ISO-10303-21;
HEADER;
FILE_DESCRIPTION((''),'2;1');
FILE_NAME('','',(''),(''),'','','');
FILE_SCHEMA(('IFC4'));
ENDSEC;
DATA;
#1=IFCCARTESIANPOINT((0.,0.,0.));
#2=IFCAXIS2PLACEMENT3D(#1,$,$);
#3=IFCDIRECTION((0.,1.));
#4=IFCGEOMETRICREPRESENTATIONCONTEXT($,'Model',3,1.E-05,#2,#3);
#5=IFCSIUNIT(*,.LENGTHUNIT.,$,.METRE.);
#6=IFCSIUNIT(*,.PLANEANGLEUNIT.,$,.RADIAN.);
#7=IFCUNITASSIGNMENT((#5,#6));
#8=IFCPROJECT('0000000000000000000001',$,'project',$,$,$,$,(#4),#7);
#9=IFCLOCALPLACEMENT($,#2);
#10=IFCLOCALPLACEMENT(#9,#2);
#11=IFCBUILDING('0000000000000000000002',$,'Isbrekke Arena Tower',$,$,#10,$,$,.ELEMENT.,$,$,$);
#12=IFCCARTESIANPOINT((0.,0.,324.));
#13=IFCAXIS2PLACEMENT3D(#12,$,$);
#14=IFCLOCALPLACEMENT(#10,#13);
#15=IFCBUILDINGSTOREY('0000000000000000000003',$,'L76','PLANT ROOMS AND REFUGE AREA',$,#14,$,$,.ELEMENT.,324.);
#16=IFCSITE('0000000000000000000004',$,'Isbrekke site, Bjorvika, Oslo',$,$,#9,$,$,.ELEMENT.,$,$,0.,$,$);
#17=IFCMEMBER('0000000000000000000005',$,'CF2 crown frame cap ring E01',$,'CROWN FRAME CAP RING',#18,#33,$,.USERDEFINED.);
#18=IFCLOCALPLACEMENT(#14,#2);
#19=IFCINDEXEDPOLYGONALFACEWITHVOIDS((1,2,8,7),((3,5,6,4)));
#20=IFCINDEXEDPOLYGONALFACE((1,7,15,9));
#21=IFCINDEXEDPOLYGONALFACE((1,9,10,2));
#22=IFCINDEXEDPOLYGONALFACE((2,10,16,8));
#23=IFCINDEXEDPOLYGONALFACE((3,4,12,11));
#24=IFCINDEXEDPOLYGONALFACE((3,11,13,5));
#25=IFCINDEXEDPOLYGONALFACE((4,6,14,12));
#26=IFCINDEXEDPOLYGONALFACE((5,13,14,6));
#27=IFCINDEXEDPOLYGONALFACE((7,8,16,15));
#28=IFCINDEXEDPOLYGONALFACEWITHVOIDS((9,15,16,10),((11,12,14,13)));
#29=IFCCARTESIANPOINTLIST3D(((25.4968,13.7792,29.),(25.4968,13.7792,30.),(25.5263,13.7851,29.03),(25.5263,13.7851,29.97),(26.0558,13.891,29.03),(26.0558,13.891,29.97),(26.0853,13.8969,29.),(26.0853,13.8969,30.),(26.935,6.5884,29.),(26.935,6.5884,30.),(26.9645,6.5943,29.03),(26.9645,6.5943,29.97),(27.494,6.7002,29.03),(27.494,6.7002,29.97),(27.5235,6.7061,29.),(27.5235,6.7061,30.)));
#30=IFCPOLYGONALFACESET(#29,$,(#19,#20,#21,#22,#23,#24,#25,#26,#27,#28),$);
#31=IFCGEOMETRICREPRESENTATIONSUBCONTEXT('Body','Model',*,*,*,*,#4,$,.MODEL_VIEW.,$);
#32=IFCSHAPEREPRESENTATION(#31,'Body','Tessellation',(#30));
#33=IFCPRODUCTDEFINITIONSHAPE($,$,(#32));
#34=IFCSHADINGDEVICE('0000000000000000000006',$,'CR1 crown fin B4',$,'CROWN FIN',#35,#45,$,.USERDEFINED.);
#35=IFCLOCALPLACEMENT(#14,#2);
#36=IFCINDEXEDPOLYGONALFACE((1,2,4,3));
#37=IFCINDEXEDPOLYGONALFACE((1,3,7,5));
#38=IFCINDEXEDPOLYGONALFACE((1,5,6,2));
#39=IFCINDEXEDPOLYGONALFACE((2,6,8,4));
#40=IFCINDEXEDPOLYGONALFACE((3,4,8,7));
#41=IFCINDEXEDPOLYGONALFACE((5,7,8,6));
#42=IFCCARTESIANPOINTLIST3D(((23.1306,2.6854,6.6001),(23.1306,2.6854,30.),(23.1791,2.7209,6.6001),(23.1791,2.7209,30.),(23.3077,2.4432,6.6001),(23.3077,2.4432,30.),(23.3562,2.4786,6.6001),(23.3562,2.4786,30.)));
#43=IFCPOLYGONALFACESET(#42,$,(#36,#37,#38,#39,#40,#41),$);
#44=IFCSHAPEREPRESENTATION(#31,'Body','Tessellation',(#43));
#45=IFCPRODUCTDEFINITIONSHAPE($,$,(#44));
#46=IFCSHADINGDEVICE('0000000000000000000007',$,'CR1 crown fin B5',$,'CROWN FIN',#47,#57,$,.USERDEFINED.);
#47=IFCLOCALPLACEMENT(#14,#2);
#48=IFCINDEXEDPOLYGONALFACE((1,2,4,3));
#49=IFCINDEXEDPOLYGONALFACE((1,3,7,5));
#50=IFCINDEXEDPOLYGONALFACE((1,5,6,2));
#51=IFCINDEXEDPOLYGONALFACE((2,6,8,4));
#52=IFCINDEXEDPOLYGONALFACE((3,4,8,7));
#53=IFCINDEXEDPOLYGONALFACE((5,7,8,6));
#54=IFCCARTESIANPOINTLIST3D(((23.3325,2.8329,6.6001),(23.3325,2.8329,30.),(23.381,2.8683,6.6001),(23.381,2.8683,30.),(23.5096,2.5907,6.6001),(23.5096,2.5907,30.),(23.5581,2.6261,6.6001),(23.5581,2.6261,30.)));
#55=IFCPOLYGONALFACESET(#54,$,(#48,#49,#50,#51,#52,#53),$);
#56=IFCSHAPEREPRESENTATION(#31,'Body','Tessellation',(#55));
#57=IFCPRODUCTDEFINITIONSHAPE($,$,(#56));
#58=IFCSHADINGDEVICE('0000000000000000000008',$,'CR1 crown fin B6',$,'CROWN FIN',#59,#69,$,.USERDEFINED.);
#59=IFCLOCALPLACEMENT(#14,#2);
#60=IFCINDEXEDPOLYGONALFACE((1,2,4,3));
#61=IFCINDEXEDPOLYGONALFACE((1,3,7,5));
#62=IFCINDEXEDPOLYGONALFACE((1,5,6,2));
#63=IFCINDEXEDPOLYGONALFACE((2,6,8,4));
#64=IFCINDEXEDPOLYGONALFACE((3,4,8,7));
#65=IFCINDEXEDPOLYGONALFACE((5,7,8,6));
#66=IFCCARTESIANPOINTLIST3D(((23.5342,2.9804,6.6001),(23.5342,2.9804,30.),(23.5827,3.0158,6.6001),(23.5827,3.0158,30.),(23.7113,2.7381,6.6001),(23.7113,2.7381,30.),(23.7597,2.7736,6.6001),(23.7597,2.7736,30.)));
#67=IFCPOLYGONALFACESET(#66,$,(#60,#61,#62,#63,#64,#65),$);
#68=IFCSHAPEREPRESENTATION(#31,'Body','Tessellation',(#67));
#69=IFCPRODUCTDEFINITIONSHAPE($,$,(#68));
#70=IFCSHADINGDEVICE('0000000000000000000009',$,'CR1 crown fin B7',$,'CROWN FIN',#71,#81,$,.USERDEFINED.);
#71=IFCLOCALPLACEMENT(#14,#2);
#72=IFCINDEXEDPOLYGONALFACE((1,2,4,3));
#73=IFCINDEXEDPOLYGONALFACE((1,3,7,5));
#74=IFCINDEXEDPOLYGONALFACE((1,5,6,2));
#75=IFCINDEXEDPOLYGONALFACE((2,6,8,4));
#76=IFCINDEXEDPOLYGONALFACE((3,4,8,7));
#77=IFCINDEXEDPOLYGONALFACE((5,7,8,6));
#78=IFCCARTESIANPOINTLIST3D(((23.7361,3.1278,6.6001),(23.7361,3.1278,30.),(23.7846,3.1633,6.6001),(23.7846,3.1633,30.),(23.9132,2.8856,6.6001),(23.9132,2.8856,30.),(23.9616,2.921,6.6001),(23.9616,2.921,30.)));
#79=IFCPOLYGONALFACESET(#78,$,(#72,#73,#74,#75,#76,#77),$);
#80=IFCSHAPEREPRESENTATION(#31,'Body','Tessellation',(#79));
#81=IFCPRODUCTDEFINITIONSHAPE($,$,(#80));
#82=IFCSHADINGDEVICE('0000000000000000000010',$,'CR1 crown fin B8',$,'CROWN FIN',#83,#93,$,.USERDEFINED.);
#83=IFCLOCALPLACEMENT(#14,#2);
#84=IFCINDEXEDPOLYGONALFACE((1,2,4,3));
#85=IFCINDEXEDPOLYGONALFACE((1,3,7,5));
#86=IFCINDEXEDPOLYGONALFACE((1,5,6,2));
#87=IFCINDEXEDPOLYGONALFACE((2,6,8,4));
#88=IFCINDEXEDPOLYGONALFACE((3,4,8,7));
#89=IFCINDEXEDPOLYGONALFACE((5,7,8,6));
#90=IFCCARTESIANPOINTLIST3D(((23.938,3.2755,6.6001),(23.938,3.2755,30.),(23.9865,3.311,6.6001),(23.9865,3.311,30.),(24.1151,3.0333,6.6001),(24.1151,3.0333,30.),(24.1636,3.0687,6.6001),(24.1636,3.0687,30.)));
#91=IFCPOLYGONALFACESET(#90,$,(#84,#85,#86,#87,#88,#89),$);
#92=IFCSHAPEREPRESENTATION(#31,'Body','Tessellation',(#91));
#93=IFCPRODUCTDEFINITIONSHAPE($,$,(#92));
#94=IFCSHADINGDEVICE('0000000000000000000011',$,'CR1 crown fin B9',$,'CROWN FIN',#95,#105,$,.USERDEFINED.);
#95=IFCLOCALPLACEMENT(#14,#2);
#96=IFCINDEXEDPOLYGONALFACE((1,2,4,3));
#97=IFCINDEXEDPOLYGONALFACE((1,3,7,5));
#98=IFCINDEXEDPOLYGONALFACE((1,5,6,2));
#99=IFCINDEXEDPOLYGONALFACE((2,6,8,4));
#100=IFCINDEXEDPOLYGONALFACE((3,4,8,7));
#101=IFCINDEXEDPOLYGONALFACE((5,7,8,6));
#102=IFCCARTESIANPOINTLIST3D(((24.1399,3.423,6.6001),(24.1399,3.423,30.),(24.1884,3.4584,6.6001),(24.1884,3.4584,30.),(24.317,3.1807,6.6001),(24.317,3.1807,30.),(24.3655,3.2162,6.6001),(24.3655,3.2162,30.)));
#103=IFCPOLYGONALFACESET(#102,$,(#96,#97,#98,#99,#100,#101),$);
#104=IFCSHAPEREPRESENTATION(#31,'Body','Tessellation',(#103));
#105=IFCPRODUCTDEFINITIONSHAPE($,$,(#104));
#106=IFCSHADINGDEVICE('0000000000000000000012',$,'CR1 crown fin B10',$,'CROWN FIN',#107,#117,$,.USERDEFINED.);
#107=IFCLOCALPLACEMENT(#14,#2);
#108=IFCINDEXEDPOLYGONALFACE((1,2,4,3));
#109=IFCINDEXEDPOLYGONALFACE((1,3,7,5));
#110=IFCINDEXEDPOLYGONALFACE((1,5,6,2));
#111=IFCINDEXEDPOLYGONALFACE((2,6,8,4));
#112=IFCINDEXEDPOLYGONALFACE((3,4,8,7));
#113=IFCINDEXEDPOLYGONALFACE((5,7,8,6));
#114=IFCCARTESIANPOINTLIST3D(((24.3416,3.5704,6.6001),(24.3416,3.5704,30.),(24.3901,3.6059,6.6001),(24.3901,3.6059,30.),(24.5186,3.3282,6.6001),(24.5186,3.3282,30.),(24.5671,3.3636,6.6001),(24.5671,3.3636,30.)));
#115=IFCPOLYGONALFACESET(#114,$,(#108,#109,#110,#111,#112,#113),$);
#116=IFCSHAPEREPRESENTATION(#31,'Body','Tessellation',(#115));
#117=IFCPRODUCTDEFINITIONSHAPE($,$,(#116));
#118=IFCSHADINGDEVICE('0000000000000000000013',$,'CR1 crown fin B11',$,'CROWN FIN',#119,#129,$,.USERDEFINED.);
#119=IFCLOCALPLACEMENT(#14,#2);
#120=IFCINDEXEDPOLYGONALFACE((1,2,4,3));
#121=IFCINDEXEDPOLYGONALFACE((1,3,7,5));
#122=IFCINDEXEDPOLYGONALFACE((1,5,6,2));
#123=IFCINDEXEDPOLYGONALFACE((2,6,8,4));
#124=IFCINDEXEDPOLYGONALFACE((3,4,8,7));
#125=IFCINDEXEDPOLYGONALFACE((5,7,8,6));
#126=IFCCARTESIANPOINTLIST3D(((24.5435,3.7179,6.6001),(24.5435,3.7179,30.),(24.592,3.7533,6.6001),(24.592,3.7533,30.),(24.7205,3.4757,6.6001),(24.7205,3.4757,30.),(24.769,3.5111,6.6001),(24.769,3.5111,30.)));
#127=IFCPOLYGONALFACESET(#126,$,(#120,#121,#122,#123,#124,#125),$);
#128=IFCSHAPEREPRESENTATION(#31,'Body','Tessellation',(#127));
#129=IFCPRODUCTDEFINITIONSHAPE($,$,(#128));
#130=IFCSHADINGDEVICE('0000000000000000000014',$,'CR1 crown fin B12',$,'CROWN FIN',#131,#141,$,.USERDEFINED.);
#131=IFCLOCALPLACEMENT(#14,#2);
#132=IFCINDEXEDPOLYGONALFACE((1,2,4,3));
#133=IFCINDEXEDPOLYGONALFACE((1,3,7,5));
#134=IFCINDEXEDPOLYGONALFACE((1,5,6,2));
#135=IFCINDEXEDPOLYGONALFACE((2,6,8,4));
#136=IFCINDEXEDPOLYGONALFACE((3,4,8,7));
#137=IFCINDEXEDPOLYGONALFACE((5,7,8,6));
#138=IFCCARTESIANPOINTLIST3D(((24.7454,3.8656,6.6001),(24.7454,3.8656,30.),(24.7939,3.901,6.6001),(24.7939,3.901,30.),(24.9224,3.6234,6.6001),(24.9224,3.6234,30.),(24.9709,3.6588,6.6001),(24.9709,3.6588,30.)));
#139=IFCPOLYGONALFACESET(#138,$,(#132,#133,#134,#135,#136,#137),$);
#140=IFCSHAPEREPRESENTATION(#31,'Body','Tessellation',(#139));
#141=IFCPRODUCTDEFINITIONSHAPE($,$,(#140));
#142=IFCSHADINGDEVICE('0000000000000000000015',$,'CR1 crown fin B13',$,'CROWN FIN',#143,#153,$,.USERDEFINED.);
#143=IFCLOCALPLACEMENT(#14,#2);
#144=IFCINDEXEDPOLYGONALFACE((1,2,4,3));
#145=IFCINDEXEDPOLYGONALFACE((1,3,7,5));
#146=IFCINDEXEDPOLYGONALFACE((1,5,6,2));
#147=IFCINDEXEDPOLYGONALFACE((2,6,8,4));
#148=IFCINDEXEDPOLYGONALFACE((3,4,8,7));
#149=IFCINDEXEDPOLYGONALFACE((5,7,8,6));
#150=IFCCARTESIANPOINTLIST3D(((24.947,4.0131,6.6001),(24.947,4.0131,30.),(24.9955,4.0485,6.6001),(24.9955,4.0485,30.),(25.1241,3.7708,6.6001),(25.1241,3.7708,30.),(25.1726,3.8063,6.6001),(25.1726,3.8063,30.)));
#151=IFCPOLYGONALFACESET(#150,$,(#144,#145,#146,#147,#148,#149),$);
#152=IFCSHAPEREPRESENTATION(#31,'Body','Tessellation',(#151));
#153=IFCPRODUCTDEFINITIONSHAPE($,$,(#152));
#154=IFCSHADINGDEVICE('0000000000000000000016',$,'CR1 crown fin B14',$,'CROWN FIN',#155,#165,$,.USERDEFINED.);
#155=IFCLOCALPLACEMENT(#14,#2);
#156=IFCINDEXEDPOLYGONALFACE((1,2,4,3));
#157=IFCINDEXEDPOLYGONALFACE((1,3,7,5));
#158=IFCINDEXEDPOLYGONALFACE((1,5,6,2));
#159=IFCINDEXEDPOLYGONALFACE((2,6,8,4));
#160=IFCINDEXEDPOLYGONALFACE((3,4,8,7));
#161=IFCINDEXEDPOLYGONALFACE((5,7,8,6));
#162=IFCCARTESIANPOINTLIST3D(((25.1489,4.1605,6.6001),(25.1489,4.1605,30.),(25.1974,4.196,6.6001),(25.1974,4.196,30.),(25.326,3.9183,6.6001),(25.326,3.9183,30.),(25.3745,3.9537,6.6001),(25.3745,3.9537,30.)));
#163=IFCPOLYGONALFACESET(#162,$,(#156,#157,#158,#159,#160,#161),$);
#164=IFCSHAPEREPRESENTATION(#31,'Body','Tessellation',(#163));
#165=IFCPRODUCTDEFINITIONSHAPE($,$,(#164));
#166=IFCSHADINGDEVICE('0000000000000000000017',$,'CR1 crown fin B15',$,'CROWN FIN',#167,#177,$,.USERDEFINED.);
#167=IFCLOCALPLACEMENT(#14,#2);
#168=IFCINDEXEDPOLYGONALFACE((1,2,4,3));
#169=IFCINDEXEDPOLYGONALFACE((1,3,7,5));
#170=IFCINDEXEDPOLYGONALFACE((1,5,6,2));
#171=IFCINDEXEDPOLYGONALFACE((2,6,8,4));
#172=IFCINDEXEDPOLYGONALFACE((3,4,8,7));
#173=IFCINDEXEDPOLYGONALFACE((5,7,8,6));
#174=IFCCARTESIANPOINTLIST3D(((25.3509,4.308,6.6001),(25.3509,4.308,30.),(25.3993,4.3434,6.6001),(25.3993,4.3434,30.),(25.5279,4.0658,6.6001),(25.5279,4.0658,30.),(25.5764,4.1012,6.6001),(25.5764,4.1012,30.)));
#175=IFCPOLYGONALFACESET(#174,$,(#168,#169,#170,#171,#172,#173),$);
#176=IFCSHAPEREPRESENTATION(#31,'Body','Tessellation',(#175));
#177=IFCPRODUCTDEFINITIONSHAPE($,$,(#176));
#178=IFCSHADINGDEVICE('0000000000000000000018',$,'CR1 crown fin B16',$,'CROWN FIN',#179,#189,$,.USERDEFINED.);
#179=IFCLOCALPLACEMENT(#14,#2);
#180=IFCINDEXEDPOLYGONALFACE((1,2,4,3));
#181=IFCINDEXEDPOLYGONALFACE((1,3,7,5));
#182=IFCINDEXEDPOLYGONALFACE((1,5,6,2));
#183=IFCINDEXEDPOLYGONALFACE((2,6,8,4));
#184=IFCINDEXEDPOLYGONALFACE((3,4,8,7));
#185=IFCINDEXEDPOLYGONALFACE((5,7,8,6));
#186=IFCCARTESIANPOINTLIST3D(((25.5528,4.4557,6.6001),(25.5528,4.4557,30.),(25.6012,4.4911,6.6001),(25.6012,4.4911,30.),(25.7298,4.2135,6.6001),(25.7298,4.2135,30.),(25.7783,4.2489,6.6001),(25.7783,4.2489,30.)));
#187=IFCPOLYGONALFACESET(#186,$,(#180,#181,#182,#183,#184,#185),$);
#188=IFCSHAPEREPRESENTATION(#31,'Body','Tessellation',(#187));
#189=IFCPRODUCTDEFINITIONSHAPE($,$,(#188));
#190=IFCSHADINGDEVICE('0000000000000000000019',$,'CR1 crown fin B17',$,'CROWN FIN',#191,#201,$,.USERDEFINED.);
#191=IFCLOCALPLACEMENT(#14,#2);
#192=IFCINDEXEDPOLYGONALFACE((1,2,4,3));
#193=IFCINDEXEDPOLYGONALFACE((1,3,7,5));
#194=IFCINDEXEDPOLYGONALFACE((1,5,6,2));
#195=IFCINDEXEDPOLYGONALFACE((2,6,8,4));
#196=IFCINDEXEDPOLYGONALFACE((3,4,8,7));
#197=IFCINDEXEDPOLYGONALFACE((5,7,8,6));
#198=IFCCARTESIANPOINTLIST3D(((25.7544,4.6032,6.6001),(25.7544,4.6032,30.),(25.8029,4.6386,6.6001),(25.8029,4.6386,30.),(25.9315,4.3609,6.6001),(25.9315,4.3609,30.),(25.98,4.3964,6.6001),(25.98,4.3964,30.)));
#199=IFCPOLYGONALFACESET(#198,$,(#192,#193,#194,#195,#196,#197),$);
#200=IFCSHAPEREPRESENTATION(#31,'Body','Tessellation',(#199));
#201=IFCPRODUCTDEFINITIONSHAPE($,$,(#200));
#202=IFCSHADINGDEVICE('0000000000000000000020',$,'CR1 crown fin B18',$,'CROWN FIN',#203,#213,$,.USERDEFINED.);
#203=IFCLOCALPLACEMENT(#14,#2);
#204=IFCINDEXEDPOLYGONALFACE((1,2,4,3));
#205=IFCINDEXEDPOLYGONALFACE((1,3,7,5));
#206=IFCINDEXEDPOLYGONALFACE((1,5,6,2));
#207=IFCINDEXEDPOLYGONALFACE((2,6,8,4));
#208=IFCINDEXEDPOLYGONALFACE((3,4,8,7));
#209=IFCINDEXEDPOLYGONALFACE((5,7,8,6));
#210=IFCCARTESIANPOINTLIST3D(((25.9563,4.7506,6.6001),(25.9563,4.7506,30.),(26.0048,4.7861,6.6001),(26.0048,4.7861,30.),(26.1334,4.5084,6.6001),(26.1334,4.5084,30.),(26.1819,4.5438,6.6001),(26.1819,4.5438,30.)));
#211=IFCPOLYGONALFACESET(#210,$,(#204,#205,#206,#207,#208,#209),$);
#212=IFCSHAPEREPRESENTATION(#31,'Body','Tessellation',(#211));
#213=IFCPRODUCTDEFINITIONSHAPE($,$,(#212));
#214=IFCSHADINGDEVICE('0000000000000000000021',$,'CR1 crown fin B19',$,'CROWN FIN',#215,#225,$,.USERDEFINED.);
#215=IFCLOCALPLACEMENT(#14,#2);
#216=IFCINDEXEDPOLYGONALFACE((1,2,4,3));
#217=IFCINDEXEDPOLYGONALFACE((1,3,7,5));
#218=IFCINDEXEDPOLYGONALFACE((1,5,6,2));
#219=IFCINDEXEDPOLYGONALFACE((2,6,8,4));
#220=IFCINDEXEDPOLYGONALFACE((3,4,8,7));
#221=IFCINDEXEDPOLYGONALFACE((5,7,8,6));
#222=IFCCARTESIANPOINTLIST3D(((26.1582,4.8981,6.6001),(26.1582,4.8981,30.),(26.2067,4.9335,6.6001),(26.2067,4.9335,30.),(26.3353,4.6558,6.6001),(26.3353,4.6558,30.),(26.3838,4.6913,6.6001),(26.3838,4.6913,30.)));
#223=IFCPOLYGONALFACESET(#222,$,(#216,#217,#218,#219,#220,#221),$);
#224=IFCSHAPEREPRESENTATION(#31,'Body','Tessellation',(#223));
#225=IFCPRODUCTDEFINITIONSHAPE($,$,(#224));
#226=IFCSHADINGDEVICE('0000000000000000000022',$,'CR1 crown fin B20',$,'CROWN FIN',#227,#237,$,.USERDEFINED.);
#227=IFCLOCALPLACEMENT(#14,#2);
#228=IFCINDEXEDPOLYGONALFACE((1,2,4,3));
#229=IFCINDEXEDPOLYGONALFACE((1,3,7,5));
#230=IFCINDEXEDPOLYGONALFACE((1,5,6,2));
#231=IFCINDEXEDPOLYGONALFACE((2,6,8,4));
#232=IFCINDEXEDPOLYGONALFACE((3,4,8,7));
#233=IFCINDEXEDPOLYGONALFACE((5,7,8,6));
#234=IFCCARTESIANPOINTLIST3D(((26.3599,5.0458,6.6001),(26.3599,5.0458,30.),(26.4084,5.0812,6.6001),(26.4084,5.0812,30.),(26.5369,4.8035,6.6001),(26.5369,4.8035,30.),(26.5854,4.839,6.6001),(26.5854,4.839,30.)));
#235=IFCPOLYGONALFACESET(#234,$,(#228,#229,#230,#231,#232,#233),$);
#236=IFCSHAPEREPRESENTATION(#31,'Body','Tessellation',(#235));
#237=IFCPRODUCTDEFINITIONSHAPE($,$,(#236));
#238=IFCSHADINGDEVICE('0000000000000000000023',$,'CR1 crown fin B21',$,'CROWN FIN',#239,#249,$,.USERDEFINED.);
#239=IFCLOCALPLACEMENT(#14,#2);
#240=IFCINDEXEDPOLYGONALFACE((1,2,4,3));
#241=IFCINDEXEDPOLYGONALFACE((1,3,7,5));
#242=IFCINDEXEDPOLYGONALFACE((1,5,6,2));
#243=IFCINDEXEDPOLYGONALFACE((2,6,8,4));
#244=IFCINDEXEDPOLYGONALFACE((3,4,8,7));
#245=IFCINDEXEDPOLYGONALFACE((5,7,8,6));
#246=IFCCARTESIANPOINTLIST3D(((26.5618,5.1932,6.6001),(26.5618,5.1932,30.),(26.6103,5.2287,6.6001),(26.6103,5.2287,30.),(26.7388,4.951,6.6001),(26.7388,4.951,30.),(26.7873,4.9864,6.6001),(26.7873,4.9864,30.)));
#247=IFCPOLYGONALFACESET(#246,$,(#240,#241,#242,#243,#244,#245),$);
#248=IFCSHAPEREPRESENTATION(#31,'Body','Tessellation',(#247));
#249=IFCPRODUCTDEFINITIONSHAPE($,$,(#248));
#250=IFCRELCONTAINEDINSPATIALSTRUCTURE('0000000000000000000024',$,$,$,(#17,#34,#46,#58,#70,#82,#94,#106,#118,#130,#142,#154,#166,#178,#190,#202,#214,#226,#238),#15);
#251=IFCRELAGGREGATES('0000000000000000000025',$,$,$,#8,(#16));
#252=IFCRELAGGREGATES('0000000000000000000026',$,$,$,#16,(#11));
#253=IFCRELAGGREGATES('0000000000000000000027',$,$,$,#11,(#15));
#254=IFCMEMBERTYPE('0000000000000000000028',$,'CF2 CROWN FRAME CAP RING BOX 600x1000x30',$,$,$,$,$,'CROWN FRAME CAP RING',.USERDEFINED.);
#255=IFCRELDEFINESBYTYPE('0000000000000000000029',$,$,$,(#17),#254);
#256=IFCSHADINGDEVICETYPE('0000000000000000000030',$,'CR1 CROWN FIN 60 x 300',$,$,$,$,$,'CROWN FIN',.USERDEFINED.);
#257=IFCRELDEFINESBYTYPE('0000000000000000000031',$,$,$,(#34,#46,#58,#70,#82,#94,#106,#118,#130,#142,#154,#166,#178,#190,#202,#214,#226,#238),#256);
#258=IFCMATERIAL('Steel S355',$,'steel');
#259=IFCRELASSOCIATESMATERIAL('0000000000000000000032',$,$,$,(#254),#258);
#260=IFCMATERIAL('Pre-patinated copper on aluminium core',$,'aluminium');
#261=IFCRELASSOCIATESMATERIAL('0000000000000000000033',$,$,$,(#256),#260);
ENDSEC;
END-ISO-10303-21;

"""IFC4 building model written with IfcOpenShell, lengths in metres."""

from ifc_helpers import new_model, si_unit, direction, frame, origin, origin_2d, place, context, subcontext, project, spatial, rectangle, hollow_rectangle, extrude, material, material_profile, profile_set, type_object, element, save


model = new_model("IFC4")

# Units and contexts
model_context = context("Model", 3, precision=1e-05, world=origin(), true_north=direction((0.0, 1.0)))
body_context = subcontext(model_context, "Body", "Model", "MODEL_VIEW")
ifc_project = project(units=[si_unit("LENGTHUNIT", "METRE"), si_unit("PLANEANGLEUNIT", "RADIAN")], contexts=[model_context])

# Site, building, storey
site_placement = place(None, origin())
site = spatial("IfcSite", under=ifc_project, at=site_placement, Name="Isbrekke site, Bjorvika, Oslo", CompositionType="ELEMENT", RefElevation=0.0)
building_placement = place(site_placement, origin())
building = spatial("IfcBuilding", under=site, at=building_placement, Name="Isbrekke Arena Tower", CompositionType="ELEMENT")
storey_placement = place(building_placement, frame((0.0, 0.0, 324.0)))
storey = spatial("IfcBuildingStorey", under=building, at=storey_placement, Name="L76", Description="PLANT ROOMS AND REFUGE AREA", CompositionType="ELEMENT", Elevation=324.0)

# Member
ifc_material_1 = material(Name="Steel S355", Category="steel")
ifc_material_profile_1 = material_profile(ifc_material_1, hollow_rectangle(XDim=0.6001, YDim=1.0, WallThickness=0.03, at=origin_2d()), Name="BOX 600x1000x30")
ifc_profile_set_1 = profile_set([ifc_material_profile_1], Name="Steel S355")
member_type = type_object("IfcMemberType", Name="CF2 CROWN FRAME CAP RING BOX 600x1000x30", ElementType="CROWN FRAME CAP RING", PredefinedType="USERDEFINED", material=ifc_profile_set_1)
member_placement = place(storey_placement, frame((27.2292, 6.6472, 29.5), z_axis=(-0.196123, 0.980579, 0.0), x_axis=(-0.980579, -0.196123, 0.0)))
element("IfcMember", 1, at=member_placement, inside=storey, type_object=member_type, Name="CF2 crown frame cap ring E01", ObjectType="CROWN FRAME CAP RING", PredefinedType="USERDEFINED", context=body_context, shape_type="SweptSolid", body=[
    extrude(hollow_rectangle(XDim=0.6001, YDim=1.0, WallThickness=0.03, at=origin_2d()), origin(), (0.0, 0.0, 1.0), 7.3333),
])

# Shading devices
ifc_material_2 = material(Name="Pre-patinated copper on aluminium core", Category="aluminium")
ifc_material_profile_2 = material_profile(ifc_material_2, rectangle(XDim=0.0601, YDim=0.3, at=origin_2d()), Name="FIN 60X300")
ifc_profile_set_2 = profile_set([ifc_material_profile_2], Name="Pre-patinated copper on aluminium core")
shading_device_type = type_object("IfcShadingDeviceType", Name="CR1 CROWN FIN 60 x 300", ElementType="CROWN FIN", PredefinedType="USERDEFINED", material=ifc_profile_set_2)
for number, where, z_axis, x_axis, name in (
    (2, (23.2434, 2.582, 6.6001), (0.0, 0.0, 1.0), (0.80733, 0.5901, 0.0), "CR1 crown fin B4"),
    (3, (23.4453, 2.7295, 6.6001), (0.0, 0.0, 1.0), (0.80733, 0.5901, 0.0), "CR1 crown fin B5"),
    (4, (23.647, 2.877, 6.6001), (0.0, 0.0, 1.0), (0.80733, 0.5901, 0.0), "CR1 crown fin B6"),
    (5, (23.8489, 3.0244, 6.6001), (0.0, 0.0, 1.0), (0.80733, 0.5901, 0.0), "CR1 crown fin B7"),
    (6, (24.0508, 3.1721, 6.6001), (0.0, 0.0, 1.0), (0.80733, 0.5901, 0.0), "CR1 crown fin B8"),
    (7, (24.2527, 3.3196, 6.6001), (0.0, 0.0, 1.0), (0.80733, 0.5901, 0.0), "CR1 crown fin B9"),
    (8, (24.4543, 3.467, 6.6001), (0.0, 0.0, 1.0), (0.80733, 0.5901, 0.0), "CR1 crown fin B10"),
    (9, (24.6562, 3.6145, 6.6001), (0.0, 0.0, 1.0), (0.80733, 0.5901, 0.0), "CR1 crown fin B11"),
    (10, (24.8582, 3.7622, 6.6001), (0.0, 0.0, 1.0), (0.80733, 0.5901, 0.0), "CR1 crown fin B12"),
    (11, (25.0598, 3.9097, 6.6001), (0.0, 0.0, 1.0), (0.80733, 0.5901, 0.0), "CR1 crown fin B13"),
    (12, (25.2617, 4.0571, 6.6001), (0.0, 0.0, 1.0), (0.80733, 0.5901, 0.0), "CR1 crown fin B14"),
    (13, (25.4636, 4.2046, 6.6001), (0.0, 0.0, 1.0), (0.80733, 0.5901, 0.0), "CR1 crown fin B15"),
    (14, (25.6655, 4.3523, 6.6001), (0.0, 0.0, 1.0), (0.80733, 0.5901, 0.0), "CR1 crown fin B16"),
    (15, (25.8672, 4.4998, 6.6001), (0.0, 0.0, 1.0), (0.80733, 0.5901, 0.0), "CR1 crown fin B17"),
    (16, (26.0691, 4.6472, 6.6001), (0.0, 0.0, 1.0), (0.80733, 0.5901, 0.0), "CR1 crown fin B18"),
    (17, (26.271, 4.7947, 6.6001), (0.0, 0.0, 1.0), (0.80733, 0.5901, 0.0), "CR1 crown fin B19"),
    (18, (26.4727, 4.9424, 6.6001), (0.0, 0.0, 1.0), (0.80733, 0.5901, 0.0), "CR1 crown fin B20"),
    (19, (26.6746, 5.0898, 6.6001), (0.0, 0.0, 1.0), (0.80733, 0.5901, 0.0), "CR1 crown fin B21"),
):
    element("IfcShadingDevice", number, at=place(storey_placement, frame(where, z_axis=z_axis, x_axis=x_axis)), inside=storey, type_object=shading_device_type, Name=name, ObjectType="CROWN FIN", PredefinedType="USERDEFINED", context=body_context, shape_type="SweptSolid", body=[
        extrude(rectangle(XDim=0.0601, YDim=0.3, at=origin_2d()), origin(), (0.0, 0.0, 1.0), 23.3999),
    ])

save(model, "model.ifc")
